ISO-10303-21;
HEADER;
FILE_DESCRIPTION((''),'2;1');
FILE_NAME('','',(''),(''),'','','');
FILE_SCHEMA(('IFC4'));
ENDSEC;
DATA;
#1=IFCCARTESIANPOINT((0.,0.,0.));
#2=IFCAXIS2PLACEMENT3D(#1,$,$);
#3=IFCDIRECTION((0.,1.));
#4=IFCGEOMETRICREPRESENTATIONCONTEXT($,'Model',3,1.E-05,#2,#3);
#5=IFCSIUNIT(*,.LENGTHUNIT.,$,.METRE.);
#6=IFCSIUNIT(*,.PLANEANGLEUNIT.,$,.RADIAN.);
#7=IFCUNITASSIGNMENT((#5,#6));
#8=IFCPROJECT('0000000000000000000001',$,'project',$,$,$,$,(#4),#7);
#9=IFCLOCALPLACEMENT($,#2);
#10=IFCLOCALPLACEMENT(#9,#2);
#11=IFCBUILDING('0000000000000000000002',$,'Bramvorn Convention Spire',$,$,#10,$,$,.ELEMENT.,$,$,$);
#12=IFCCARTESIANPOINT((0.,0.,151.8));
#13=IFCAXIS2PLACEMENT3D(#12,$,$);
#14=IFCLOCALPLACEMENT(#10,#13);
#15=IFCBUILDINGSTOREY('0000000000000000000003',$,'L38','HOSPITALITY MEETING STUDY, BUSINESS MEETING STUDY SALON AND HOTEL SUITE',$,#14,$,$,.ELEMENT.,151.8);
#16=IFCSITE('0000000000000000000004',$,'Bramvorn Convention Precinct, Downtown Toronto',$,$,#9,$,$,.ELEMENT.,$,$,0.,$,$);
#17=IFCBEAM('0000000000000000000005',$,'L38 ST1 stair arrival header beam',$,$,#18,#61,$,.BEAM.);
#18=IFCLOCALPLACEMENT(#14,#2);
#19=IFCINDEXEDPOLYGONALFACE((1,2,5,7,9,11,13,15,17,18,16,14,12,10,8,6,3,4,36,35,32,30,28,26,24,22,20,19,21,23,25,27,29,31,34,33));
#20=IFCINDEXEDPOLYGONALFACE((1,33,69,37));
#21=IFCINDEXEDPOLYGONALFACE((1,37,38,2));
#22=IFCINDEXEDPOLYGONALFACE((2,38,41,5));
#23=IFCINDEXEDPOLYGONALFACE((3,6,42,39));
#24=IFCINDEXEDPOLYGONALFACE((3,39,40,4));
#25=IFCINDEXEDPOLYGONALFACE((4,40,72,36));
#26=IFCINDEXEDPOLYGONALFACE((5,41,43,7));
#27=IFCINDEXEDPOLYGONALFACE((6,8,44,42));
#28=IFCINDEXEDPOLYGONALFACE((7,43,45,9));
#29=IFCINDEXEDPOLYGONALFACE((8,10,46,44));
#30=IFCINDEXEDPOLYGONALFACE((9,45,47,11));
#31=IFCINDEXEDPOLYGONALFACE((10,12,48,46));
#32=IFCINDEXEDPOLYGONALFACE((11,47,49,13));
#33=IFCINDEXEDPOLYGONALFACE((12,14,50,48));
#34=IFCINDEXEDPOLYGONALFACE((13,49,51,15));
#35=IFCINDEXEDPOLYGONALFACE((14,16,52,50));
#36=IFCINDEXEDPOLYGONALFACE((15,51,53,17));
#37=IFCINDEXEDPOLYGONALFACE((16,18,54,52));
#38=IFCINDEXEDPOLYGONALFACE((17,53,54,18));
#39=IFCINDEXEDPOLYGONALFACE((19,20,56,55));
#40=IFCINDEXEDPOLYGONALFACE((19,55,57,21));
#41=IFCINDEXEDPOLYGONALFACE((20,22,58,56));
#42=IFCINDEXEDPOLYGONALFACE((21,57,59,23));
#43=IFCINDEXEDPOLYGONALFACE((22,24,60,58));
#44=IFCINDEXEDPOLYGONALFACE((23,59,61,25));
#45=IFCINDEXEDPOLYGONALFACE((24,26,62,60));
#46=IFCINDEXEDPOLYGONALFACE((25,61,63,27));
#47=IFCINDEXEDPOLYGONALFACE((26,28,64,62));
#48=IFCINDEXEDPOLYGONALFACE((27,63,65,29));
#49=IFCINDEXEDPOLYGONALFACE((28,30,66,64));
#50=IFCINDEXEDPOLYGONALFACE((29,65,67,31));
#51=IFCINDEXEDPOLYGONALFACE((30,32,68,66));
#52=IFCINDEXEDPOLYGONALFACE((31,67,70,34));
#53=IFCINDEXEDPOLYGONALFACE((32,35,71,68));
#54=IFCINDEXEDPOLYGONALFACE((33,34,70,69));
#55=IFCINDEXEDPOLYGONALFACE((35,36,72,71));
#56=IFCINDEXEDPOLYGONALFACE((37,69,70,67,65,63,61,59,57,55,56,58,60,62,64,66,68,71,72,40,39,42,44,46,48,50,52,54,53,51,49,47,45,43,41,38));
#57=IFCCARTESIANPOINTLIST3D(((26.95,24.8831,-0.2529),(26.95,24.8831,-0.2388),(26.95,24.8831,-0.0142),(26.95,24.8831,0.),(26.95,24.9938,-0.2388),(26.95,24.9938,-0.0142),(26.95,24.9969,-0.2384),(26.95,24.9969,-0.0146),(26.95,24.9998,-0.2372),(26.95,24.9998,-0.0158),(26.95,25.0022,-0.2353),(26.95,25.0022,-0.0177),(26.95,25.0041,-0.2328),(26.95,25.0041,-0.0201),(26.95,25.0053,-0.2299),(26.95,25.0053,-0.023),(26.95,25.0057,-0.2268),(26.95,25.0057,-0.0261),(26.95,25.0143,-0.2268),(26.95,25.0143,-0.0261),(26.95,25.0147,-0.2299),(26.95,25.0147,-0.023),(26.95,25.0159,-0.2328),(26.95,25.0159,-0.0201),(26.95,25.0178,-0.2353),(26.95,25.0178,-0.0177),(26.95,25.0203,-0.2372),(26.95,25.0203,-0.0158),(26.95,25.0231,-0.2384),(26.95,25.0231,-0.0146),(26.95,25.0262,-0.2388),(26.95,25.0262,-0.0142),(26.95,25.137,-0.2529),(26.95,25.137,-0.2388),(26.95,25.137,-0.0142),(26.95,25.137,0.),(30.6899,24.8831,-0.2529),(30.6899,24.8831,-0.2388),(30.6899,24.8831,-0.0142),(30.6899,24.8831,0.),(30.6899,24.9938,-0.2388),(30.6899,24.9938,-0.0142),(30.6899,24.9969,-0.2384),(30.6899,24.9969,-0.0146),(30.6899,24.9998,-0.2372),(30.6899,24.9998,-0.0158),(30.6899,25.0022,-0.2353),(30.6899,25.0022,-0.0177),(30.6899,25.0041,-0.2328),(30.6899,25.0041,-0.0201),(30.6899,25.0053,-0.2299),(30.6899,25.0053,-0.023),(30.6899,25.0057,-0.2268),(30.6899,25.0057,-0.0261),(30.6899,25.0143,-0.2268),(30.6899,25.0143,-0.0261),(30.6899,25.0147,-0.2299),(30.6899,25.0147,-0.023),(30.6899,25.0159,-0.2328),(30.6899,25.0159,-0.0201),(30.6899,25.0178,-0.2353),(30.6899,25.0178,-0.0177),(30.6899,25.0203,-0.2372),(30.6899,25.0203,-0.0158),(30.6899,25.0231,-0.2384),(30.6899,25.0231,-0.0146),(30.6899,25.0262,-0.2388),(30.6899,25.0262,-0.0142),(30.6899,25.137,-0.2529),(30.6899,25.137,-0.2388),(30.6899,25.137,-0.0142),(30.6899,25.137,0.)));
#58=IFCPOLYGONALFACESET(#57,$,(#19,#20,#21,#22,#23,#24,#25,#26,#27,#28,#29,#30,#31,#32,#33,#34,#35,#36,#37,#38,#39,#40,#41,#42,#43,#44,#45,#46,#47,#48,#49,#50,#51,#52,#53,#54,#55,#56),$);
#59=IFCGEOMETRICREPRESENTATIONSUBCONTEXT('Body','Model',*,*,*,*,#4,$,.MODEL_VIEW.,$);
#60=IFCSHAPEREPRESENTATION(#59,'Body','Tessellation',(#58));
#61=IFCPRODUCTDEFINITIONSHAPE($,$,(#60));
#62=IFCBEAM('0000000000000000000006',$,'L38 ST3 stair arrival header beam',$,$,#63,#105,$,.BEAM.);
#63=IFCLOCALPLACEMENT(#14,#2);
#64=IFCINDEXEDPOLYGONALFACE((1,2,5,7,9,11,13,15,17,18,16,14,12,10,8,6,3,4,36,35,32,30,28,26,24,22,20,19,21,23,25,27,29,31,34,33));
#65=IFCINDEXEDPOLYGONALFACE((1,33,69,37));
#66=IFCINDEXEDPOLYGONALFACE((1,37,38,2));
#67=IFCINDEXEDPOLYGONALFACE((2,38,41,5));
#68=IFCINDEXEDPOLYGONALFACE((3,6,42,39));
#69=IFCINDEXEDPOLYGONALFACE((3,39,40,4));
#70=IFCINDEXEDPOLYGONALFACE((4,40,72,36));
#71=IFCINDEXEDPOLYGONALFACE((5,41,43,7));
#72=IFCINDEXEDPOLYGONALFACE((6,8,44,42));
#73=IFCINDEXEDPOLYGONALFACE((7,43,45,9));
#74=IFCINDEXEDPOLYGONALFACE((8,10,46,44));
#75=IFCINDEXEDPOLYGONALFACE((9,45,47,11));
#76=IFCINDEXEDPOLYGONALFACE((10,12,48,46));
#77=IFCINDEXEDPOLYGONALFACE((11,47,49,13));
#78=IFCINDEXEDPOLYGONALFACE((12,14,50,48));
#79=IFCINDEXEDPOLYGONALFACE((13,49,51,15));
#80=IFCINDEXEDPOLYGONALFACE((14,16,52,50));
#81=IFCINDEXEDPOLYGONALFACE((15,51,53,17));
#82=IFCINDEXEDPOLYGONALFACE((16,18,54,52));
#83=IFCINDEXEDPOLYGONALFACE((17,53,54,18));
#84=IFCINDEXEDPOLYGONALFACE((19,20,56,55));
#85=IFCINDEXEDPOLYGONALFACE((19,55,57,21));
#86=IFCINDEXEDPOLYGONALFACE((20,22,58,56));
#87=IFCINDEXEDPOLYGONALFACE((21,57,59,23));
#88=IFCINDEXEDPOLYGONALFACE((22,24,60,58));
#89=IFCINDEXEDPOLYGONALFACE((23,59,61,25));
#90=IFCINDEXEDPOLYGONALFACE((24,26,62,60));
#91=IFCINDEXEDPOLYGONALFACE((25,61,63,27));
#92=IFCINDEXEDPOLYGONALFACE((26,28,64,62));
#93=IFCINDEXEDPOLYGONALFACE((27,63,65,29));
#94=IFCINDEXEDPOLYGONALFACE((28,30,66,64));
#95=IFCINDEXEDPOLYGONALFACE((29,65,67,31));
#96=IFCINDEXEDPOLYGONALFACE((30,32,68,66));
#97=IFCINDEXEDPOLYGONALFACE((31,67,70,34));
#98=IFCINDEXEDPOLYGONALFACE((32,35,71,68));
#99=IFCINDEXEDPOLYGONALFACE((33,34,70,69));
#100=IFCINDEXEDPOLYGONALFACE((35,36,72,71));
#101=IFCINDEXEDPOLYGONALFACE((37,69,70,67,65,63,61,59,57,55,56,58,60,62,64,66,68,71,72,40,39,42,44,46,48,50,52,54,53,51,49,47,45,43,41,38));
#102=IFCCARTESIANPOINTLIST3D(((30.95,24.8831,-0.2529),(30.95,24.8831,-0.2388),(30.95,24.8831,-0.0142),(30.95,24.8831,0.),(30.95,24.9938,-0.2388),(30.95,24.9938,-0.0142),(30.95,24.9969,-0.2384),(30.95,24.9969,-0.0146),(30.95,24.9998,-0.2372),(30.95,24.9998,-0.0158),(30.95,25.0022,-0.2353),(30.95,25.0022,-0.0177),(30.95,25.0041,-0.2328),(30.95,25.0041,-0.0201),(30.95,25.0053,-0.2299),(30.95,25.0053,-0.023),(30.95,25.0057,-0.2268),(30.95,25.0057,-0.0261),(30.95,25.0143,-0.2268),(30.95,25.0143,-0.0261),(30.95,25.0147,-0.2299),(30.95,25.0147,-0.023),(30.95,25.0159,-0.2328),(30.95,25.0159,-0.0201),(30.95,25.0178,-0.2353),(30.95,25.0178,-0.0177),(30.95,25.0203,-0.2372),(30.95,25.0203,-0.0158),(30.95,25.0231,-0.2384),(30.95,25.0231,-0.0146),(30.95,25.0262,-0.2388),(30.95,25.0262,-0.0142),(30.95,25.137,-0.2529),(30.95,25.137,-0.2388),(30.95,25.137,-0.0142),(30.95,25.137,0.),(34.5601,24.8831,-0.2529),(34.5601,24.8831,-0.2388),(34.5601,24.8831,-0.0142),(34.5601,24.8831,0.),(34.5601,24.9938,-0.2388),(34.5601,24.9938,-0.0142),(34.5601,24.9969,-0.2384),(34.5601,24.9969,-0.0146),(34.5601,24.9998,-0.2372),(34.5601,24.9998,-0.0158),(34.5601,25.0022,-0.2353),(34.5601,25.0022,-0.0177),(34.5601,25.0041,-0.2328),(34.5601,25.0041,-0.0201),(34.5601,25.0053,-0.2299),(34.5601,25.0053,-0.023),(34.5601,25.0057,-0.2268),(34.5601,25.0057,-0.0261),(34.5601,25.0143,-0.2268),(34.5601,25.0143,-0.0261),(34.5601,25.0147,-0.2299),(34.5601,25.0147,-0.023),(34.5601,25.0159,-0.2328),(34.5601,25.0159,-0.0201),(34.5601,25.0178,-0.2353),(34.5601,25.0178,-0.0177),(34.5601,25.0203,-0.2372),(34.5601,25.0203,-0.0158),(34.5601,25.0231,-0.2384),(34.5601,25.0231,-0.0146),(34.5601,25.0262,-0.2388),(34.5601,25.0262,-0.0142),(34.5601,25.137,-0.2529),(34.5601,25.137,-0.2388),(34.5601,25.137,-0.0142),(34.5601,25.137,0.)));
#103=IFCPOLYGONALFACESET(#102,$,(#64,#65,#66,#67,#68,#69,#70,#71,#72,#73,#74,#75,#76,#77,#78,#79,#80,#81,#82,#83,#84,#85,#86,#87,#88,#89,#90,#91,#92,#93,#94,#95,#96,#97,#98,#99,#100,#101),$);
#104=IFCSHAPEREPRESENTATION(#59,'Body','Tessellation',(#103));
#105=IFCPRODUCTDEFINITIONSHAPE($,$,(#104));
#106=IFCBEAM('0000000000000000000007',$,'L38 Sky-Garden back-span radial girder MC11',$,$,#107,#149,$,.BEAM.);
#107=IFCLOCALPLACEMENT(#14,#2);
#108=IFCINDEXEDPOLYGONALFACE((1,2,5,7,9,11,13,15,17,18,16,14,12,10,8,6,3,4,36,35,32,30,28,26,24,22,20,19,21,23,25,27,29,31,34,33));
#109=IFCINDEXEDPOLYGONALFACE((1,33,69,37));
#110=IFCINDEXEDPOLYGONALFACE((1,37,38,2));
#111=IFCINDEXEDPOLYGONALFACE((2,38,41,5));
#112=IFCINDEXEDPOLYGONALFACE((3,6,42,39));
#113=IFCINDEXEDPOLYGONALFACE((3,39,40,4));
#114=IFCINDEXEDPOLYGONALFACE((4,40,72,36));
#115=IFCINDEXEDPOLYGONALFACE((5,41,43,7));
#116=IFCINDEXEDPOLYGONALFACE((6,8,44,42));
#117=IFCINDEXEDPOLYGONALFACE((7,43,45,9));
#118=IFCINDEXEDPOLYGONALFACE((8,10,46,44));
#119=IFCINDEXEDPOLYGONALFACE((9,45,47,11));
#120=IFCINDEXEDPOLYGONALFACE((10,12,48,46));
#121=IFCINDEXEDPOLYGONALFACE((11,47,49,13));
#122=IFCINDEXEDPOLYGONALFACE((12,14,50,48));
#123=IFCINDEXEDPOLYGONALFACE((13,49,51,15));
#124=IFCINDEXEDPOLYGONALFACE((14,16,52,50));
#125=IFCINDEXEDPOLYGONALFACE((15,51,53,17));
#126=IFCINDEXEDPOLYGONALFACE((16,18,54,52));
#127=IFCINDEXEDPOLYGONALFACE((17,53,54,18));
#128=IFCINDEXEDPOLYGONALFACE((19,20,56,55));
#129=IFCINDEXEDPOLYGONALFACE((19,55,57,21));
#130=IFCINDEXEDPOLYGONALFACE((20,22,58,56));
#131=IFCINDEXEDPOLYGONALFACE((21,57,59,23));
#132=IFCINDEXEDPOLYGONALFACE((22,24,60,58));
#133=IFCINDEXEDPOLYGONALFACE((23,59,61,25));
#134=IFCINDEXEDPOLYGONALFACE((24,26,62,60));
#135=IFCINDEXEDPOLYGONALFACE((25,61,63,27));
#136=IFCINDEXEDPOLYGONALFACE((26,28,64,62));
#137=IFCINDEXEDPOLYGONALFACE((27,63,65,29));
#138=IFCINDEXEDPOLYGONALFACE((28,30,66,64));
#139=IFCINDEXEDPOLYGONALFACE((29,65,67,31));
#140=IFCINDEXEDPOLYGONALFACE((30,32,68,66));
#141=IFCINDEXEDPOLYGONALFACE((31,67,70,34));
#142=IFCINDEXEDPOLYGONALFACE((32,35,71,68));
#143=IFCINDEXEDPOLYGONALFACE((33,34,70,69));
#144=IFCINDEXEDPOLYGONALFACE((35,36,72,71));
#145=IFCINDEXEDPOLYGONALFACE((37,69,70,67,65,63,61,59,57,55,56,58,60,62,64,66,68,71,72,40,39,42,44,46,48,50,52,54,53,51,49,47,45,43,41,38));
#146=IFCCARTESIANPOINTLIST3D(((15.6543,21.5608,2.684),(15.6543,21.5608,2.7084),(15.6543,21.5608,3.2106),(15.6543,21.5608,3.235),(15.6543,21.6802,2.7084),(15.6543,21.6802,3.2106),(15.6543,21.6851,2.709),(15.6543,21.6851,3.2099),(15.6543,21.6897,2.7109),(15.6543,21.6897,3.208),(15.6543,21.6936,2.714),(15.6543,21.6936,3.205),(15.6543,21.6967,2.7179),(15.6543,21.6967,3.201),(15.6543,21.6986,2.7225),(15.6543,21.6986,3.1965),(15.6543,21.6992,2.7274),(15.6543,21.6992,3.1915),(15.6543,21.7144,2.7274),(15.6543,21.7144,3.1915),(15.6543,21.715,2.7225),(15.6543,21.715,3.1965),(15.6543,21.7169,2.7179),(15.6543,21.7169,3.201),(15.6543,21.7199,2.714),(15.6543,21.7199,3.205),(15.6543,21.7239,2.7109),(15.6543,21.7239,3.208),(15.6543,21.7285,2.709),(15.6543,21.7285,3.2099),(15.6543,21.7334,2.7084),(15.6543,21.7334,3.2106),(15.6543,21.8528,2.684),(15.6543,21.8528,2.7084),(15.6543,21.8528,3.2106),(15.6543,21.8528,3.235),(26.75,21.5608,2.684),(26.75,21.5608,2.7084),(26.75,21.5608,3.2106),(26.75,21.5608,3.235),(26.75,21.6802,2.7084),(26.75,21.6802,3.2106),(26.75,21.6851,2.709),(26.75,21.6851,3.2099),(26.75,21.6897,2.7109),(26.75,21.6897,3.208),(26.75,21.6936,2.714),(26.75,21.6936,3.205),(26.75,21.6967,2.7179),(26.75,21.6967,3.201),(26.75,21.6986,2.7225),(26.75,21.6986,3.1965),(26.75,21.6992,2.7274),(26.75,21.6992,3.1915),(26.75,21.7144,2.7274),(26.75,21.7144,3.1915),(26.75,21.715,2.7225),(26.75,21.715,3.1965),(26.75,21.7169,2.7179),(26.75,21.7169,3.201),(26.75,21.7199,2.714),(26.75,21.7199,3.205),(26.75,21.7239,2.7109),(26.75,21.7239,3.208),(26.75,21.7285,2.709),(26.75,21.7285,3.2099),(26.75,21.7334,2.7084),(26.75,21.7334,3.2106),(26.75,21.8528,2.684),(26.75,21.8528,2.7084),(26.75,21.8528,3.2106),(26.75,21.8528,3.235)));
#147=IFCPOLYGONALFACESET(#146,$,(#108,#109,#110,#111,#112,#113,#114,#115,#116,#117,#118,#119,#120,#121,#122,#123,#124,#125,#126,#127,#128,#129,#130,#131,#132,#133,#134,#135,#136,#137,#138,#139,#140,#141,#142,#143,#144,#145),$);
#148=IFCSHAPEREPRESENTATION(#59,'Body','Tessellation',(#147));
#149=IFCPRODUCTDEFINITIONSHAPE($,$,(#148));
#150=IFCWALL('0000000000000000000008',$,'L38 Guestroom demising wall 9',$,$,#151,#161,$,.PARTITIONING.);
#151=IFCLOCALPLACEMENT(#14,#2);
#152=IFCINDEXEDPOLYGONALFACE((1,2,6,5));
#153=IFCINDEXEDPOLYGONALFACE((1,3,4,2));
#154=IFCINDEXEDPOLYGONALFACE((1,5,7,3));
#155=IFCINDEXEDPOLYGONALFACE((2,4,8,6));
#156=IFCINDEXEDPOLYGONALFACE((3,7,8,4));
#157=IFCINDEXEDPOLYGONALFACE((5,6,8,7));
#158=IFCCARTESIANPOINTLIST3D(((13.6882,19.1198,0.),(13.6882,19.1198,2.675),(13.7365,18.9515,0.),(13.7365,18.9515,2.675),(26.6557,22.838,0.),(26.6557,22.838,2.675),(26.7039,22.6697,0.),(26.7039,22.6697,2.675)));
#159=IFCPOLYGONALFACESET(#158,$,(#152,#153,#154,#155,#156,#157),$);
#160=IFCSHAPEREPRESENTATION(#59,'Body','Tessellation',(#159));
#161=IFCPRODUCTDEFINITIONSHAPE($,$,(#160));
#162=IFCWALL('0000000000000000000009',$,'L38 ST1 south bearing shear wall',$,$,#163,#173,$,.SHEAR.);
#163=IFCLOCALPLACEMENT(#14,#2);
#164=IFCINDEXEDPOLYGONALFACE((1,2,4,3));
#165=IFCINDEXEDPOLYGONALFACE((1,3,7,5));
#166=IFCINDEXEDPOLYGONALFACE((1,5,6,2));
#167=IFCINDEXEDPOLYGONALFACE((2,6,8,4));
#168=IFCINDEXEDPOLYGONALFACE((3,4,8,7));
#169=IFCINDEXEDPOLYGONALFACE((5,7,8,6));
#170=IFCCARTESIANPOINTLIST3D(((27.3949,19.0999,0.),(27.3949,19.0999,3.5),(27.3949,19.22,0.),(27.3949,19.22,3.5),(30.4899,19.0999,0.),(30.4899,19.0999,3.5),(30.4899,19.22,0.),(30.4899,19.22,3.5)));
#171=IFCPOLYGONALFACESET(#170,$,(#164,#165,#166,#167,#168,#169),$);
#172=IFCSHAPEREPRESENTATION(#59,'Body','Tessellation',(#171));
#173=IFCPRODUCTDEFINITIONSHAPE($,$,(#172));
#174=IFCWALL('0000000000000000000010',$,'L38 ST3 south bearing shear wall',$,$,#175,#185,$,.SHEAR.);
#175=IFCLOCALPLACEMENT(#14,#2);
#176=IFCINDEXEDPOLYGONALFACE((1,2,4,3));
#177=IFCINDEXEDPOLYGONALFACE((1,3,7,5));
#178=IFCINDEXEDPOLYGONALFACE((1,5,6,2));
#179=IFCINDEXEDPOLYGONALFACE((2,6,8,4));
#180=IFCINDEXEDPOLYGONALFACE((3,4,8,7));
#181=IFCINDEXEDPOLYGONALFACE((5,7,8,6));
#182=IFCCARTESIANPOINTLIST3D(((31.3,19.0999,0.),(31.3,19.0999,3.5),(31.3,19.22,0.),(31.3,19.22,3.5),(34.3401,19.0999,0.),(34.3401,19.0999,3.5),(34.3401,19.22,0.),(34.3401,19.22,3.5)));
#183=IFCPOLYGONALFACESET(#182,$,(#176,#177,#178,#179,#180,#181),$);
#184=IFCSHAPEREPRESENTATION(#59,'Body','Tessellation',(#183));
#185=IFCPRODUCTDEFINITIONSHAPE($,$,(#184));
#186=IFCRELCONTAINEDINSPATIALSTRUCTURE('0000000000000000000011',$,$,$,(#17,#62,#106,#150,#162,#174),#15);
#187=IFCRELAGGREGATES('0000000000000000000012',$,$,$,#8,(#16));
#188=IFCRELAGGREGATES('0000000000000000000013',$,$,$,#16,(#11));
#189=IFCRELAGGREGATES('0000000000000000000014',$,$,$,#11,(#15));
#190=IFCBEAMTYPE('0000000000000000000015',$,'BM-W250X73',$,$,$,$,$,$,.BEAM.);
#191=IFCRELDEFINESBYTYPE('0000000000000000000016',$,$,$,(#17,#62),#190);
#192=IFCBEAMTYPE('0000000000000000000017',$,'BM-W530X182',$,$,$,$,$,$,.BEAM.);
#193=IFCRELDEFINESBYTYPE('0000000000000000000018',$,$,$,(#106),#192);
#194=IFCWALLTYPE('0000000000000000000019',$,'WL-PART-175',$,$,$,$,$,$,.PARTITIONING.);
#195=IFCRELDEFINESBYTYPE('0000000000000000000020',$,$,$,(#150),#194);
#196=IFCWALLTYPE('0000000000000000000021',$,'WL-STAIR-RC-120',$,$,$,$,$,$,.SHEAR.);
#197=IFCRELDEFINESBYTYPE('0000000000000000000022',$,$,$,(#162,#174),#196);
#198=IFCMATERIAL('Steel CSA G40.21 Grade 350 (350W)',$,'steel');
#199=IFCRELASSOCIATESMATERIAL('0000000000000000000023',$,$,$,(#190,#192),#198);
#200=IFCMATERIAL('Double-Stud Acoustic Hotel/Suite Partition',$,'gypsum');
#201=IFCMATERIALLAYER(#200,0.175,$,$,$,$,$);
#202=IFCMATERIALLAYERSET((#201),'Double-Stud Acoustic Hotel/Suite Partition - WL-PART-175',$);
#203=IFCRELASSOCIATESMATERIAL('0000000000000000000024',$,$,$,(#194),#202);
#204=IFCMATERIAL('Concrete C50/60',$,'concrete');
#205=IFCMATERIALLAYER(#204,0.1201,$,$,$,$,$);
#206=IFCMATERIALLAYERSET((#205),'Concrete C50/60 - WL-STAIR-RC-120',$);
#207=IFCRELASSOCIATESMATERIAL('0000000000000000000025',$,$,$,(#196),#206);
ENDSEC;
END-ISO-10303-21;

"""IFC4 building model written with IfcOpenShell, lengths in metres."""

from ifc_helpers import new_model, si_unit, direction, frame, frame_2d, origin, origin_2d, place, context, subcontext, project, spatial, rectangle, i_section, extrude, material, layer, layer_set, material_profile, profile_set, type_object, element, save


model = new_model("IFC4")

# Units and contexts
model_context = context("Model", 3, precision=1e-05, world=origin(), true_north=direction((0.0, 1.0)))
body_context = subcontext(model_context, "Body", "Model", "MODEL_VIEW")
ifc_project = project(units=[si_unit("LENGTHUNIT", "METRE"), si_unit("PLANEANGLEUNIT", "RADIAN")], contexts=[model_context])

# Site, building, storey
site_placement = place(None, origin())
site = spatial("IfcSite", under=ifc_project, at=site_placement, Name="Bramvorn Convention Precinct, Downtown Toronto", CompositionType="ELEMENT", RefElevation=0.0)
building_placement = place(site_placement, origin())
building = spatial("IfcBuilding", under=site, at=building_placement, Name="Bramvorn Convention Spire", CompositionType="ELEMENT")
storey_placement = place(building_placement, frame((0.0, 0.0, 151.8)))
storey = spatial("IfcBuildingStorey", under=building, at=storey_placement, Name="L38", Description="HOSPITALITY MEETING STUDY, BUSINESS MEETING STUDY SALON AND HOTEL SUITE", CompositionType="ELEMENT", Elevation=151.8)

# Beams
ifc_material_1 = material(Name="Steel CSA G40.21 Grade 350 (350W)", Category="steel")
ifc_material_profile_1 = material_profile(ifc_material_1, i_section(OverallWidth=0.2539, OverallDepth=0.2529, WebThickness=0.0085, FlangeThickness=0.0142, FilletRadius=0.012, at=origin_2d()))
ifc_profile_set_1 = profile_set([ifc_material_profile_1], Name="Steel CSA G40.21 Grade 350 (350W) - W250X73")
beam_type_1 = type_object("IfcBeamType", Name="BM-W250X73", PredefinedType="BEAM", material=ifc_profile_set_1)
beam_1_placement = place(storey_placement, frame((26.95, 25.01, -0.1265), z_axis=(1.0, 0.0, 0.0), x_axis=(0.0, 1.0, 0.0)))
element("IfcBeam", 1, at=beam_1_placement, inside=storey, type_object=beam_type_1, Name="L38 ST1 stair arrival header beam", PredefinedType="BEAM", context=body_context, shape_type="SweptSolid", body=[
    extrude(i_section(OverallWidth=0.2539, OverallDepth=0.2529, WebThickness=0.0085, FlangeThickness=0.0142, FilletRadius=0.012, at=origin_2d()), origin(), (0.0, 0.0, 1.0), 3.74),
])
beam_2_placement = place(storey_placement, frame((30.95, 25.01, -0.1265), z_axis=(1.0, 0.0, 0.0), x_axis=(0.0, 1.0, 0.0)))
element("IfcBeam", 2, at=beam_2_placement, inside=storey, type_object=beam_type_1, Name="L38 ST3 stair arrival header beam", PredefinedType="BEAM", context=body_context, shape_type="SweptSolid", body=[
    extrude(i_section(OverallWidth=0.2539, OverallDepth=0.2529, WebThickness=0.0085, FlangeThickness=0.0142, FilletRadius=0.012, at=origin_2d()), origin(), (0.0, 0.0, 1.0), 3.6101),
])
ifc_material_profile_2 = material_profile(ifc_material_1, i_section(OverallWidth=0.292, OverallDepth=0.551, WebThickness=0.0151, FlangeThickness=0.0244, FilletRadius=0.019, at=origin_2d()))
ifc_profile_set_2 = profile_set([ifc_material_profile_2], Name="Steel CSA G40.21 Grade 350 (350W) - W530X182")
beam_type_2 = type_object("IfcBeamType", Name="BM-W530X182", PredefinedType="BEAM", material=ifc_profile_set_2)
beam_3_placement = place(storey_placement, frame((26.75, 21.7068, 2.9595), z_axis=(-1.0, 0.0, 0.0), x_axis=(0.0, -1.0, 0.0)))
element("IfcBeam", 3, at=beam_3_placement, inside=storey, type_object=beam_type_2, Name="L38 Sky-Garden back-span radial girder MC11", PredefinedType="BEAM", context=body_context, shape_type="SweptSolid", body=[
    extrude(i_section(OverallWidth=0.292, OverallDepth=0.551, WebThickness=0.0151, FlangeThickness=0.0244, FilletRadius=0.019, at=origin_2d()), origin(), (0.0, 0.0, 1.0), 11.0957),
])

# Walls
ifc_material_2 = material(Name="Double-Stud Acoustic Hotel/Suite Partition", Category="gypsum")
ifc_layer_1 = layer(ifc_material_2, 0.175)
ifc_layer_set_1 = layer_set([ifc_layer_1], Name="Double-Stud Acoustic Hotel/Suite Partition - WL-PART-175")
wall_type_1 = type_object("IfcWallType", Name="WL-PART-175", PredefinedType="PARTITIONING", material=ifc_layer_set_1)
wall_1_placement = place(storey_placement, frame((26.6799, 22.7539, 0.0), z_axis=(0.0, 0.0, 1.0), x_axis=(-0.961264, -0.275629, 0.0)))
element("IfcWall", 4, at=wall_1_placement, inside=storey, type_object=wall_type_1, Name="L38 Guestroom demising wall 9", PredefinedType="PARTITIONING", context=body_context, shape_type="SweptSolid", body=[
    extrude(rectangle(XDim=13.49, YDim=0.175, at=frame_2d((6.7451, 0.0))), origin(), (0.0, 0.0, 1.0), 2.675),
])
ifc_material_3 = material(Name="Concrete C50/60", Category="concrete")
ifc_layer_2 = layer(ifc_material_3, 0.1201)
ifc_layer_set_2 = layer_set([ifc_layer_2], Name="Concrete C50/60 - WL-STAIR-RC-120")
wall_type_2 = type_object("IfcWallType", Name="WL-STAIR-RC-120", PredefinedType="SHEAR", material=ifc_layer_set_2)
wall_2_placement = place(storey_placement, frame((27.395, 19.1599, 0.0), z_axis=(0.0, 0.0, 1.0), x_axis=(1.0, 0.0, 0.0)))
element("IfcWall", 5, at=wall_2_placement, inside=storey, type_object=wall_type_2, Name="L38 ST1 south bearing shear wall", PredefinedType="SHEAR", context=body_context, shape_type="SweptSolid", body=[
    extrude(rectangle(XDim=3.095, YDim=0.1201, at=frame_2d((1.5474, 0.0))), origin(), (0.0, 0.0, 1.0), 3.5),
])
wall_3_placement = place(storey_placement, frame((31.3, 19.1599, 0.0), z_axis=(0.0, 0.0, 1.0), x_axis=(1.0, 0.0, 0.0)))
element("IfcWall", 6, at=wall_3_placement, inside=storey, type_object=wall_type_2, Name="L38 ST3 south bearing shear wall", PredefinedType="SHEAR", context=body_context, shape_type="SweptSolid", body=[
    extrude(rectangle(XDim=3.04, YDim=0.1201, at=frame_2d((1.52, 0.0))), origin(), (0.0, 0.0, 1.0), 3.5),
])

save(model, "model.ifc")
